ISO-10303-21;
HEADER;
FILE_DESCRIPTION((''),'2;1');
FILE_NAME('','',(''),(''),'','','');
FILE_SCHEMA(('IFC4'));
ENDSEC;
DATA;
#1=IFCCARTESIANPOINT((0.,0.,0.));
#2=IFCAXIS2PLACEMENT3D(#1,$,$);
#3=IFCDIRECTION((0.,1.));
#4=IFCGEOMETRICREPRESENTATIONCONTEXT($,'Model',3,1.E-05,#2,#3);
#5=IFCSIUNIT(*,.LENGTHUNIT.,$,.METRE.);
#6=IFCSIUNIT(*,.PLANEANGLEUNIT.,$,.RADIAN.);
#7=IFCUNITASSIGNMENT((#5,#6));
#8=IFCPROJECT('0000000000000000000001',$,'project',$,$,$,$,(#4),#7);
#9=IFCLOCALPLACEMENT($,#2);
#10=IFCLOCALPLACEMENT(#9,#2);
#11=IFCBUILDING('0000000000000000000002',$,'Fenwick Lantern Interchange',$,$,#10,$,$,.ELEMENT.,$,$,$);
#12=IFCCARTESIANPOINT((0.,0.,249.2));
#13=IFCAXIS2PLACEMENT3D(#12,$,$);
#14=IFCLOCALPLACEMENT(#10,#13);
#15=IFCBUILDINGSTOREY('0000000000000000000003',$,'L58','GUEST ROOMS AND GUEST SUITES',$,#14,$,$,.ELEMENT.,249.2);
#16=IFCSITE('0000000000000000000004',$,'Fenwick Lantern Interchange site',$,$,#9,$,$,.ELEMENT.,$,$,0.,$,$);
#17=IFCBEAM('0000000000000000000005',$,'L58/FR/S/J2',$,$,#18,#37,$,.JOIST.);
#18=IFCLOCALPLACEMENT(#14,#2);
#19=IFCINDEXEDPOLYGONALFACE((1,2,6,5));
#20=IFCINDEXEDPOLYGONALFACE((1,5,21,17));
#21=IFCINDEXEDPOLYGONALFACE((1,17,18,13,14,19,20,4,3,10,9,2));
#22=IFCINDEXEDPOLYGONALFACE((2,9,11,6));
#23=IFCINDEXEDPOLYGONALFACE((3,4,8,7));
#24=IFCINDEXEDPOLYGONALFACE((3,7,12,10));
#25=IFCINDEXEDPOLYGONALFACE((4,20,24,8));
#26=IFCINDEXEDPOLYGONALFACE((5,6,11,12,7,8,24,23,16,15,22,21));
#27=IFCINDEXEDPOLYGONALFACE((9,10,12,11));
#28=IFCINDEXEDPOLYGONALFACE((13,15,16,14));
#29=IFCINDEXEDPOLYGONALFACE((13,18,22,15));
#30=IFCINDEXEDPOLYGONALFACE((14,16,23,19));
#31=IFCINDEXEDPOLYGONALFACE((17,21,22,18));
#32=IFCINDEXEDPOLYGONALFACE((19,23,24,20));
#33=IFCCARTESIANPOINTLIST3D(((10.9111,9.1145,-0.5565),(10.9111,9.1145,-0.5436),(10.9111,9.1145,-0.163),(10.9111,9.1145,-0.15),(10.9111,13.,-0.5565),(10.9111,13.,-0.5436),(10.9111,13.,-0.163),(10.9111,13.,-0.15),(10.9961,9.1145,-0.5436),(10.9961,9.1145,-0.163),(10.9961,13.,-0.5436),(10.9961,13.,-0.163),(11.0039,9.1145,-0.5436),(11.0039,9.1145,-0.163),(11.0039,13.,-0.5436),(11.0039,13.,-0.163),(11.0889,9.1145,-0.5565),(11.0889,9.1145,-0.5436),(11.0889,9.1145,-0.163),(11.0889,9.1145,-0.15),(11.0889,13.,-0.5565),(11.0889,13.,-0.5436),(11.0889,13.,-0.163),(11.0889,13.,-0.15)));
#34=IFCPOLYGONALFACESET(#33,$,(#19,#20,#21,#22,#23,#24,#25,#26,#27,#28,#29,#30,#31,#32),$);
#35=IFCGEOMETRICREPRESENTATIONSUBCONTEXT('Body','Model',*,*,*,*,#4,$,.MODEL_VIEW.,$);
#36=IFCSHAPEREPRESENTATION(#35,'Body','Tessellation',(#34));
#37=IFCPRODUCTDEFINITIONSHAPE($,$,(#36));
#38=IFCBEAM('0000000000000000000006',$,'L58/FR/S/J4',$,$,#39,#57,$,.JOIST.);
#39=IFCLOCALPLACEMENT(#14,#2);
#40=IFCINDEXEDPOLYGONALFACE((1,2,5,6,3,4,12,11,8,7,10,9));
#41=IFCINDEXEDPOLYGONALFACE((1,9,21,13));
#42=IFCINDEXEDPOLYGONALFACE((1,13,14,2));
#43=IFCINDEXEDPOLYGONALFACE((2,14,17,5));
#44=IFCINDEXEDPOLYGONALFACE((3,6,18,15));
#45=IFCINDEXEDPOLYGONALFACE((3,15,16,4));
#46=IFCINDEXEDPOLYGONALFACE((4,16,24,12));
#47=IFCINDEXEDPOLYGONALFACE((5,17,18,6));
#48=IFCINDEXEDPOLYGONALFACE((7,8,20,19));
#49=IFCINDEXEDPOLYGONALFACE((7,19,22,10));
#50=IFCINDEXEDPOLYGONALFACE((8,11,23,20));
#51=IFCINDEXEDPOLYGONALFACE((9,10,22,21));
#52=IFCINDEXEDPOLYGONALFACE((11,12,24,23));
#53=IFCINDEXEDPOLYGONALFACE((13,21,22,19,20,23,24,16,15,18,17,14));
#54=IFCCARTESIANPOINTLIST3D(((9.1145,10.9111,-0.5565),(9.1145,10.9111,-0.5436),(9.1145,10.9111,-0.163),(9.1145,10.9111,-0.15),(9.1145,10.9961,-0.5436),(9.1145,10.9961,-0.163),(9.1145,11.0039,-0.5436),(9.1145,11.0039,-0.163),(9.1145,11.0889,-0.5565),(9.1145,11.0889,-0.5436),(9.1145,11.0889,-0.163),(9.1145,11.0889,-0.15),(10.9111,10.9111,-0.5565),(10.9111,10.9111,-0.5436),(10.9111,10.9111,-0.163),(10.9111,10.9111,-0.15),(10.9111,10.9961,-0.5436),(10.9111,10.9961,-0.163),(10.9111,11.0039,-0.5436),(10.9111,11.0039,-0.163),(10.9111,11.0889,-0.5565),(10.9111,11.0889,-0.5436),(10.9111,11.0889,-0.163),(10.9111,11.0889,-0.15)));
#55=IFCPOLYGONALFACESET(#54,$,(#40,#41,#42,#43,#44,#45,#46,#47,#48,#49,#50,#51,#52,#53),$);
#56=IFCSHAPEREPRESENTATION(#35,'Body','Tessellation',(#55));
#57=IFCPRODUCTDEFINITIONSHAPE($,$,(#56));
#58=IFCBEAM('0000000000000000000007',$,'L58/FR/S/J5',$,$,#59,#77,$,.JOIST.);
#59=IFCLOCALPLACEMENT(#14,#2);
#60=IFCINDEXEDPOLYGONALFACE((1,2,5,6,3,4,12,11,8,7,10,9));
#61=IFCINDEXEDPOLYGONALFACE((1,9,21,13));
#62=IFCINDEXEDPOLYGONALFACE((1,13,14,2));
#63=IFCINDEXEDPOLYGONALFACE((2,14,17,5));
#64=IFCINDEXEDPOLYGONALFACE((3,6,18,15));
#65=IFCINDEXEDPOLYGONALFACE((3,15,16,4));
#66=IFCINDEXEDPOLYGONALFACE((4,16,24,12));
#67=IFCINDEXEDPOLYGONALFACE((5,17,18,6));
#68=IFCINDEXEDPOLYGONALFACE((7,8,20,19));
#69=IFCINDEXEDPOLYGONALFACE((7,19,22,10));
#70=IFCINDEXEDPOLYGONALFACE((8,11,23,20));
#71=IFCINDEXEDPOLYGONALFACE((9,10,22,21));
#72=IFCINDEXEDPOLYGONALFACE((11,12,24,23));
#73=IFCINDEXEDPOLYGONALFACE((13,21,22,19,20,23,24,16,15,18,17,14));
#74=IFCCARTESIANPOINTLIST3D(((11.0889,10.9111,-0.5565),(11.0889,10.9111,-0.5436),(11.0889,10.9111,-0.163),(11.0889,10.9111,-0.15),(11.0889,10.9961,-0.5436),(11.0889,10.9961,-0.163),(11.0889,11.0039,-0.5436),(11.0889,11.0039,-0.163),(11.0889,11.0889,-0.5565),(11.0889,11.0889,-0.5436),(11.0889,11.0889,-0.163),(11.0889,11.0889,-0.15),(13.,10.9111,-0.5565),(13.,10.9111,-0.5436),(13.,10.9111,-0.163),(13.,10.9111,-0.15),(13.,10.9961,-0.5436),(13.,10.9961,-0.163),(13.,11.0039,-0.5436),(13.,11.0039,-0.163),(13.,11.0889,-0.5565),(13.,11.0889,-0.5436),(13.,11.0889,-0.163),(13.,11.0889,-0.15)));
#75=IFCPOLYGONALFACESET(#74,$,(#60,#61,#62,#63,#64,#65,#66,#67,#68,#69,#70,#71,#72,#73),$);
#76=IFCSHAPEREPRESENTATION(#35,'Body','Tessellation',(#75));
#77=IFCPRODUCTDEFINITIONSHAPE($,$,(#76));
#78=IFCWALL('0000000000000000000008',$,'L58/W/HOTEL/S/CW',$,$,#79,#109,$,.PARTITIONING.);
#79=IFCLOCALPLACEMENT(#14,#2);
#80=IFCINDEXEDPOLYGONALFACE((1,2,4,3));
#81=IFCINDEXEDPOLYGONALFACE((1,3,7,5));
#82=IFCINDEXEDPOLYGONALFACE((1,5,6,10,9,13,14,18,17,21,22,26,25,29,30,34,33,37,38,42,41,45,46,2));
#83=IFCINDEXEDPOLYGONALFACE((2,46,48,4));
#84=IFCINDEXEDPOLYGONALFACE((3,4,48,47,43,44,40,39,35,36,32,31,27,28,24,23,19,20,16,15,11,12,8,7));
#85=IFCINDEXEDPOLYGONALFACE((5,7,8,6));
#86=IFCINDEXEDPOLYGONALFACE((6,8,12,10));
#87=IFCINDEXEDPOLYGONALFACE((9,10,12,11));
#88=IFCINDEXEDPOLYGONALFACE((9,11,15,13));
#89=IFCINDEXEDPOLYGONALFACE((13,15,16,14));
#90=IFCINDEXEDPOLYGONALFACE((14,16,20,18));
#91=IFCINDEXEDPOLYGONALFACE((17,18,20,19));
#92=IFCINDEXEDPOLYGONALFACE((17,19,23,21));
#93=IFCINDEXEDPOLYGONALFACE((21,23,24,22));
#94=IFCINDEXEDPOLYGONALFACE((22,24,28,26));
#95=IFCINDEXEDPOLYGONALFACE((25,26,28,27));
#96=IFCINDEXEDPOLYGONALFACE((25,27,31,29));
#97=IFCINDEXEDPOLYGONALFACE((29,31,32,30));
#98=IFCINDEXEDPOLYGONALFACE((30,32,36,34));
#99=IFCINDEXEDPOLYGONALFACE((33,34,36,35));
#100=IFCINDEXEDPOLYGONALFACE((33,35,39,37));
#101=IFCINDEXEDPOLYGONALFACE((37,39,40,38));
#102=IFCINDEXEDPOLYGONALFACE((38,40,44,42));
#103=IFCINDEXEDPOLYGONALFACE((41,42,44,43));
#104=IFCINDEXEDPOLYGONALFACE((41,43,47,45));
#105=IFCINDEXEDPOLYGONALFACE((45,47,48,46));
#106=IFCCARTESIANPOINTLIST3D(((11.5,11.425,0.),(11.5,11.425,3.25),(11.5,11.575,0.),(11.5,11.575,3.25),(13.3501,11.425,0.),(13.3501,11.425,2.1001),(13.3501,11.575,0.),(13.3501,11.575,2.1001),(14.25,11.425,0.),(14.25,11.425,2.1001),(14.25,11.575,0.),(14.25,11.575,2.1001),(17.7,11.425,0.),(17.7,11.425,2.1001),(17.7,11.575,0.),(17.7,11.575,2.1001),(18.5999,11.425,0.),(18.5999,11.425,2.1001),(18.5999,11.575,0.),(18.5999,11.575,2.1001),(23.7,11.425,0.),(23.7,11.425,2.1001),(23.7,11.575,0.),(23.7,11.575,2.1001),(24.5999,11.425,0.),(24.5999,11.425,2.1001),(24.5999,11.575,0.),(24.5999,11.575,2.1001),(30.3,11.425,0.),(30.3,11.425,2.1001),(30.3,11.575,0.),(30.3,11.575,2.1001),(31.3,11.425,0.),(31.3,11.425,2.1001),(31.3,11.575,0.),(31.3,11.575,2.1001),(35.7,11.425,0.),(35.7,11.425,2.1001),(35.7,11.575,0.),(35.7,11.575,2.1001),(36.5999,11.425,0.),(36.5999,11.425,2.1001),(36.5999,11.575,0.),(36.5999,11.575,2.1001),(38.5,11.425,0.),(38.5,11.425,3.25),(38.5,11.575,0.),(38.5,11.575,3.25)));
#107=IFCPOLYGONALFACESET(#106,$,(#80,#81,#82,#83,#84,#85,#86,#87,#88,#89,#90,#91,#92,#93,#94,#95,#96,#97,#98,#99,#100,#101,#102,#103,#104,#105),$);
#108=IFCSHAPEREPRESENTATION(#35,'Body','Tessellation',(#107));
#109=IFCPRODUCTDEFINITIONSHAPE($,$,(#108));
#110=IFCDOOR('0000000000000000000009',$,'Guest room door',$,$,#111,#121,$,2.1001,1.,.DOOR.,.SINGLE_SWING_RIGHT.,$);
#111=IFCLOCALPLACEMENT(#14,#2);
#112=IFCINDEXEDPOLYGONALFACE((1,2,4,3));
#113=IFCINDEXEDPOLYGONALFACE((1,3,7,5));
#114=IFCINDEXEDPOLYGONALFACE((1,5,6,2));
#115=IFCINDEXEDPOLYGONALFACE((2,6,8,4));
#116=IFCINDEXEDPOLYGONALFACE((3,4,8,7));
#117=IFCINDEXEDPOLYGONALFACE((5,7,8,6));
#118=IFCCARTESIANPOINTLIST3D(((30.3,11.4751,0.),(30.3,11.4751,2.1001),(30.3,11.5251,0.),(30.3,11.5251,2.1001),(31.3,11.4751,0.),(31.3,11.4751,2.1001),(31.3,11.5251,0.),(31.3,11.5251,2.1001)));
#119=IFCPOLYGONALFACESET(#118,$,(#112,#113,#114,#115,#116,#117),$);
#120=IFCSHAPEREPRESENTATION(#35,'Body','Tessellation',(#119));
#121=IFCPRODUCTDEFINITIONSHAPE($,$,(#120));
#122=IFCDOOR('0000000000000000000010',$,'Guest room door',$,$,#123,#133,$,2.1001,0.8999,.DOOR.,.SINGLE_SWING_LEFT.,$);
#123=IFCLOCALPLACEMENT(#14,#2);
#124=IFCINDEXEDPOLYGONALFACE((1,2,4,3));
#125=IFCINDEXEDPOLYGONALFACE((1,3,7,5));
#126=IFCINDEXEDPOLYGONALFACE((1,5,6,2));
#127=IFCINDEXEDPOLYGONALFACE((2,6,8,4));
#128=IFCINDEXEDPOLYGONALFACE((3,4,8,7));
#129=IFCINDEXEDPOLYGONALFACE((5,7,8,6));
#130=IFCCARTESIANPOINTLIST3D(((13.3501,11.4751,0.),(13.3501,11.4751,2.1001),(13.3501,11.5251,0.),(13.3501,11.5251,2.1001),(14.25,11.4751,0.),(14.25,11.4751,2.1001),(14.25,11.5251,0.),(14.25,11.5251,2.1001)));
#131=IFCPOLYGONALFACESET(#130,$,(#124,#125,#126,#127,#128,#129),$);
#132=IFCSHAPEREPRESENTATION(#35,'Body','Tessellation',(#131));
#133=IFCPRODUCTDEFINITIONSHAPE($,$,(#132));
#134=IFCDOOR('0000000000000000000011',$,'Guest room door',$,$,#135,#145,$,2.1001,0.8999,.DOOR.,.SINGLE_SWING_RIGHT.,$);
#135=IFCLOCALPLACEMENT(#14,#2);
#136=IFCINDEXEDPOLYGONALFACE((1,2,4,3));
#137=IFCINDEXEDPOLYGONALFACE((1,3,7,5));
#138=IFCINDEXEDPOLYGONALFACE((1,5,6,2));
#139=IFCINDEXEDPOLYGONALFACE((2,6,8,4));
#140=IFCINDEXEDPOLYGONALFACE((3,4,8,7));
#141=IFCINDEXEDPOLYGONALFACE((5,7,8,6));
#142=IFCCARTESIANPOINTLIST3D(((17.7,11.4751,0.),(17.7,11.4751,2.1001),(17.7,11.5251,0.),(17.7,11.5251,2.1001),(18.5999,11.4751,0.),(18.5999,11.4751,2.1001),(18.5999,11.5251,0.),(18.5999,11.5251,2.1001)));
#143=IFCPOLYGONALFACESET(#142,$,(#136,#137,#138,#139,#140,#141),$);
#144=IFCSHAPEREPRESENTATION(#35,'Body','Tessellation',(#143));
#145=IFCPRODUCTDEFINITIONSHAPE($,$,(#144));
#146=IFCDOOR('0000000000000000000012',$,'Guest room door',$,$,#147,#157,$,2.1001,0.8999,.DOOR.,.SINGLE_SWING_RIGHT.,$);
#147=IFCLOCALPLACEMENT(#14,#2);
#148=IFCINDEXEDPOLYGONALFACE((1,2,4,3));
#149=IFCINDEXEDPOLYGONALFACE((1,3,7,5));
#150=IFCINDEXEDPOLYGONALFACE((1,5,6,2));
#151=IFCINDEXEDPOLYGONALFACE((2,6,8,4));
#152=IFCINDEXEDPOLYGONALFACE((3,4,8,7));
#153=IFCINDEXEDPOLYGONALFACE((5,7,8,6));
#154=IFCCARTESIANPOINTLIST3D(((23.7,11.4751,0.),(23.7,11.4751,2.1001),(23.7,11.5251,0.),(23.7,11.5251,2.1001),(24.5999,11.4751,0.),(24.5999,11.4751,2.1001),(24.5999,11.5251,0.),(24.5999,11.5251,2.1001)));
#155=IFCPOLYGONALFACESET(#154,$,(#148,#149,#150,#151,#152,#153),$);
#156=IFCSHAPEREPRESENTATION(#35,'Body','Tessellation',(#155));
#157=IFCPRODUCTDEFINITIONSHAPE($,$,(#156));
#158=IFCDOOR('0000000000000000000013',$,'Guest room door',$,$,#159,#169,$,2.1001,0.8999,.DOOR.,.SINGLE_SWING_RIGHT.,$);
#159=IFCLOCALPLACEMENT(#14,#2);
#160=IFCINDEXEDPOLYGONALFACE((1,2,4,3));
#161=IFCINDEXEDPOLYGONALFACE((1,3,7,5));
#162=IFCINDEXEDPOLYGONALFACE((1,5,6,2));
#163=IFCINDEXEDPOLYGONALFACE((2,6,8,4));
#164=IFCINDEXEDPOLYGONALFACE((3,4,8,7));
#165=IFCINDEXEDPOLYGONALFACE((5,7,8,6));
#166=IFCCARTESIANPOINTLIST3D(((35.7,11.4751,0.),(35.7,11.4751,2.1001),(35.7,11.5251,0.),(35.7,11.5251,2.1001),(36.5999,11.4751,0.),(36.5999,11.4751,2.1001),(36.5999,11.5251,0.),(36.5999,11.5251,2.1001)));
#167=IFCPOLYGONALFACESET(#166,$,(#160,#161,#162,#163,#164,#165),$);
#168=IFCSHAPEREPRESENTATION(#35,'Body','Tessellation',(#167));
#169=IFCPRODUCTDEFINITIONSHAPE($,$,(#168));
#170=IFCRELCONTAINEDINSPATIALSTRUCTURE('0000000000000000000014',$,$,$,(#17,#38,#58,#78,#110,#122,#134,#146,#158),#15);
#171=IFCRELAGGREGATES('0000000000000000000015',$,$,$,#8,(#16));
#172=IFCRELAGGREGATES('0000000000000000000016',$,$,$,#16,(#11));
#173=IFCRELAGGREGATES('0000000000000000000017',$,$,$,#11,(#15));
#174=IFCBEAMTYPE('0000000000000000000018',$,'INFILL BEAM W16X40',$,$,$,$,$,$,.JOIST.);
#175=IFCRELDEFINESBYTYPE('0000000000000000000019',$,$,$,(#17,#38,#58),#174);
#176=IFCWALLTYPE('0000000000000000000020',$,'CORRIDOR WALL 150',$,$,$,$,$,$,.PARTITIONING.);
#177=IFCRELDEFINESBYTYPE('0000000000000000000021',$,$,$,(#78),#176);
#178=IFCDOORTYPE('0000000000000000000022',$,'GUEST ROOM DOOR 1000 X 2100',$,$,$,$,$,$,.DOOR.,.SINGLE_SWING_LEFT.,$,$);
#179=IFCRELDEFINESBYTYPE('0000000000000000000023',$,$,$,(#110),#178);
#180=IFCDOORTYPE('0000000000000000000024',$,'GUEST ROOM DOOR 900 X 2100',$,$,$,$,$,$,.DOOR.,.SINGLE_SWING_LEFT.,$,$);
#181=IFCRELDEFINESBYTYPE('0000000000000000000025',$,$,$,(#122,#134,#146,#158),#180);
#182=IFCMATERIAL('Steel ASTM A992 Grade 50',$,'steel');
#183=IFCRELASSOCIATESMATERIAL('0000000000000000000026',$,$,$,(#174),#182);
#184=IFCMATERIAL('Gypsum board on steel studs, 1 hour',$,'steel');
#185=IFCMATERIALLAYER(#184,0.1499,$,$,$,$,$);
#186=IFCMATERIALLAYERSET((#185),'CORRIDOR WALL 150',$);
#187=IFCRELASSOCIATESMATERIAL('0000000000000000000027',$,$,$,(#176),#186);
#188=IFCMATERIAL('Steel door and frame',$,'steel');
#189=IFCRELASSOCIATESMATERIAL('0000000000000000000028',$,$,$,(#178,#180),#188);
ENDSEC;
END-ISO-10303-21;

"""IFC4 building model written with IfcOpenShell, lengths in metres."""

from ifc_helpers import new_model, si_unit, direction, frame, frame_2d, origin, origin_2d, place, context, subcontext, project, spatial, rectangle, i_section, extrude, material, layer, layer_set, material_profile, profile_set, type_object, element, fill, save


model = new_model("IFC4")

# Units and contexts
model_context = context("Model", 3, precision=1e-05, world=origin(), true_north=direction((0.0, 1.0)))
body_context = subcontext(model_context, "Body", "Model", "MODEL_VIEW")
ifc_project = project(units=[si_unit("LENGTHUNIT", "METRE"), si_unit("PLANEANGLEUNIT", "RADIAN")], contexts=[model_context])

# Site, building, storey
site_placement = place(None, origin())
site = spatial("IfcSite", under=ifc_project, at=site_placement, Name="Fenwick Lantern Interchange site", CompositionType="ELEMENT", RefElevation=0.0)
building_placement = place(site_placement, origin())
building = spatial("IfcBuilding", under=site, at=building_placement, Name="Fenwick Lantern Interchange", CompositionType="ELEMENT")
storey_placement = place(building_placement, frame((0.0, 0.0, 249.2)))
storey = spatial("IfcBuildingStorey", under=building, at=storey_placement, Name="L58", Description="GUEST ROOMS AND GUEST SUITES", CompositionType="ELEMENT", Elevation=249.2)

# Beams
ifc_material_1 = material(Name="Steel ASTM A992 Grade 50", Category="steel")
ifc_material_profile = material_profile(ifc_material_1, i_section(OverallWidth=0.1777, OverallDepth=0.4065, WebThickness=0.0078, FlangeThickness=0.0129, at=origin_2d()), Name="W16X40")
ifc_profile_set = profile_set([ifc_material_profile], Name="Steel ASTM A992 Grade 50")
beam_type = type_object("IfcBeamType", Name="INFILL BEAM W16X40", PredefinedType="JOIST", material=ifc_profile_set)
beam_1_placement = place(storey_placement, frame((11.0, 9.1145, -0.3533), z_axis=(0.0, 1.0, 0.0), x_axis=(-1.0, 0.0, 0.0)))
element("IfcBeam", 1, at=beam_1_placement, inside=storey, type_object=beam_type, Name="L58/FR/S/J2", PredefinedType="JOIST", context=body_context, shape_type="SweptSolid", body=[
    extrude(i_section(OverallWidth=0.1777, OverallDepth=0.4065, WebThickness=0.0078, FlangeThickness=0.0129, at=origin_2d()), origin(), (0.0, 0.0, 1.0), 3.8855),
])
beam_2_placement = place(storey_placement, frame((9.1145, 11.0, -0.3533), z_axis=(1.0, 0.0, 0.0), x_axis=(0.0, 1.0, 0.0)))
element("IfcBeam", 2, at=beam_2_placement, inside=storey, type_object=beam_type, Name="L58/FR/S/J4", PredefinedType="JOIST", context=body_context, shape_type="SweptSolid", body=[
    extrude(i_section(OverallWidth=0.1777, OverallDepth=0.4065, WebThickness=0.0078, FlangeThickness=0.0129, at=origin_2d()), origin(), (0.0, 0.0, 1.0), 1.7966),
])
beam_3_placement = place(storey_placement, frame((11.0889, 11.0, -0.3533), z_axis=(1.0, 0.0, 0.0), x_axis=(0.0, 1.0, 0.0)))
element("IfcBeam", 3, at=beam_3_placement, inside=storey, type_object=beam_type, Name="L58/FR/S/J5", PredefinedType="JOIST", context=body_context, shape_type="SweptSolid", body=[
    extrude(i_section(OverallWidth=0.1777, OverallDepth=0.4065, WebThickness=0.0078, FlangeThickness=0.0129, at=origin_2d()), origin(), (0.0, 0.0, 1.0), 1.9111),
])

# Wall, openings, doors
ifc_material_2 = material(Name="Gypsum board on steel studs, 1 hour", Category="steel")
ifc_layer = layer(ifc_material_2, 0.1499)
ifc_layer_set = layer_set([ifc_layer], Name="CORRIDOR WALL 150")
wall_type = type_object("IfcWallType", Name="CORRIDOR WALL 150", PredefinedType="PARTITIONING", material=ifc_layer_set)
wall_placement = place(storey_placement, frame((11.5, 11.5, 0.0), z_axis=(0.0, 0.0, 1.0), x_axis=(1.0, 0.0, 0.0)))
wall = element("IfcWall", 4, at=wall_placement, inside=storey, type_object=wall_type, Name="L58/W/HOTEL/S/CW", PredefinedType="PARTITIONING", context=body_context, shape_type="SweptSolid", body=[
    extrude(rectangle(XDim=27.0, YDim=0.1499, at=frame_2d((13.5, 0.0))), origin(), (0.0, 0.0, 1.0), 3.25),
])
opening_1_placement = place(wall_placement, frame((1.8501, 0.0, 0.0)))
opening_1 = element("IfcOpeningElement", 5, at=opening_1_placement, cuts=wall, PredefinedType="OPENING", context=body_context, shape_type="SweptSolid", body=[
    extrude(rectangle(XDim=0.8999, YDim=2.1001, at=frame_2d((0.45, 1.05))), frame((0.0, 0.085, 0.0), z_axis=(0.0, -1.0, 0.0), x_axis=(1.0, 0.0, 0.0)), (0.0, 0.0, 1.0), 0.1699),
])
opening_2_placement = place(wall_placement, frame((6.2, 0.0, 0.0)))
opening_2 = element("IfcOpeningElement", 6, at=opening_2_placement, cuts=wall, PredefinedType="OPENING", context=body_context, shape_type="SweptSolid", body=[
    extrude(rectangle(XDim=0.8999, YDim=2.1001, at=frame_2d((0.45, 1.05))), frame((0.0, 0.085, 0.0), z_axis=(0.0, -1.0, 0.0), x_axis=(1.0, 0.0, 0.0)), (0.0, 0.0, 1.0), 0.1699),
])
opening_3_placement = place(wall_placement, frame((12.2, 0.0, 0.0)))
opening_3 = element("IfcOpeningElement", 7, at=opening_3_placement, cuts=wall, PredefinedType="OPENING", context=body_context, shape_type="SweptSolid", body=[
    extrude(rectangle(XDim=0.8999, YDim=2.1001, at=frame_2d((0.45, 1.05))), frame((0.0, 0.085, 0.0), z_axis=(0.0, -1.0, 0.0), x_axis=(1.0, 0.0, 0.0)), (0.0, 0.0, 1.0), 0.1699),
])
opening_4_placement = place(wall_placement, frame((18.8, 0.0, 0.0)))
opening_4 = element("IfcOpeningElement", 8, at=opening_4_placement, cuts=wall, PredefinedType="OPENING", context=body_context, shape_type="SweptSolid", body=[
    extrude(rectangle(XDim=1.0, YDim=2.1001, at=frame_2d((0.5, 1.05))), frame((0.0, 0.085, 0.0), z_axis=(0.0, -1.0, 0.0), x_axis=(1.0, 0.0, 0.0)), (0.0, 0.0, 1.0), 0.1699),
])
opening_5_placement = place(wall_placement, frame((24.2, 0.0, 0.0)))
opening_5 = element("IfcOpeningElement", 9, at=opening_5_placement, cuts=wall, PredefinedType="OPENING", context=body_context, shape_type="SweptSolid", body=[
    extrude(rectangle(XDim=0.8999, YDim=2.1001, at=frame_2d((0.45, 1.05))), frame((0.0, 0.085, 0.0), z_axis=(0.0, -1.0, 0.0), x_axis=(1.0, 0.0, 0.0)), (0.0, 0.0, 1.0), 0.1699),
])
ifc_material_3 = material(Name="Steel door and frame", Category="steel")
door_type_1 = type_object("IfcDoorType", Name="GUEST ROOM DOOR 1000 X 2100", OperationType="SINGLE_SWING_LEFT", PredefinedType="DOOR", material=ifc_material_3)
door_1_placement = place(opening_4_placement, frame((1.0, 0.0, 0.0), z_axis=(0.0, 0.0, 1.0), x_axis=(-1.0, 0.0, 0.0)))
door_1 = element("IfcDoor", 10, at=door_1_placement, inside=storey, type_object=door_type_1, Name="Guest room door", OperationType="SINGLE_SWING_RIGHT", OverallHeight=2.1001, OverallWidth=1.0, PredefinedType="DOOR", context=body_context, shape_type="SweptSolid", body=[
    extrude(rectangle(XDim=1.0, YDim=2.1001, at=frame_2d((0.5, 1.05))), frame((0.0, 0.0249, 0.0), z_axis=(0.0, -1.0, 0.0), x_axis=(1.0, 0.0, 0.0)), (0.0, 0.0, 1.0), 0.05),
])
fill(opening_4, door_1)
door_type_2 = type_object("IfcDoorType", Name="GUEST ROOM DOOR 900 X 2100", OperationType="SINGLE_SWING_LEFT", PredefinedType="DOOR", material=ifc_material_3)
door_2_placement = place(opening_1_placement, frame((0.8999, 0.0, 0.0), z_axis=(0.0, 0.0, 1.0), x_axis=(-1.0, 0.0, 0.0)))
door_2 = element("IfcDoor", 11, at=door_2_placement, inside=storey, type_object=door_type_2, Name="Guest room door", OperationType="SINGLE_SWING_LEFT", OverallHeight=2.1001, OverallWidth=0.8999, PredefinedType="DOOR", context=body_context, shape_type="SweptSolid", body=[
    extrude(rectangle(XDim=0.8999, YDim=2.1001, at=frame_2d((0.45, 1.05))), frame((0.0, 0.0249, 0.0), z_axis=(0.0, -1.0, 0.0), x_axis=(1.0, 0.0, 0.0)), (0.0, 0.0, 1.0), 0.05),
])
fill(opening_1, door_2)
door_3_placement = place(opening_2_placement, frame((0.8999, 0.0, 0.0), z_axis=(0.0, 0.0, 1.0), x_axis=(-1.0, 0.0, 0.0)))
door_3 = element("IfcDoor", 12, at=door_3_placement, inside=storey, type_object=door_type_2, Name="Guest room door", OperationType="SINGLE_SWING_RIGHT", OverallHeight=2.1001, OverallWidth=0.8999, PredefinedType="DOOR", context=body_context, shape_type="SweptSolid", body=[
    extrude(rectangle(XDim=0.8999, YDim=2.1001, at=frame_2d((0.45, 1.05))), frame((0.0, 0.0249, 0.0), z_axis=(0.0, -1.0, 0.0), x_axis=(1.0, 0.0, 0.0)), (0.0, 0.0, 1.0), 0.05),
])
fill(opening_2, door_3)
door_4_placement = place(opening_3_placement, frame((0.8999, 0.0, 0.0), z_axis=(0.0, 0.0, 1.0), x_axis=(-1.0, 0.0, 0.0)))
door_4 = element("IfcDoor", 13, at=door_4_placement, inside=storey, type_object=door_type_2, Name="Guest room door", OperationType="SINGLE_SWING_RIGHT", OverallHeight=2.1001, OverallWidth=0.8999, PredefinedType="DOOR", context=body_context, shape_type="SweptSolid", body=[
    extrude(rectangle(XDim=0.8999, YDim=2.1001, at=frame_2d((0.45, 1.05))), frame((0.0, 0.0249, 0.0), z_axis=(0.0, -1.0, 0.0), x_axis=(1.0, 0.0, 0.0)), (0.0, 0.0, 1.0), 0.05),
])
fill(opening_3, door_4)
door_5_placement = place(opening_5_placement, frame((0.8999, 0.0, 0.0), z_axis=(0.0, 0.0, 1.0), x_axis=(-1.0, 0.0, 0.0)))
door_5 = element("IfcDoor", 14, at=door_5_placement, inside=storey, type_object=door_type_2, Name="Guest room door", OperationType="SINGLE_SWING_RIGHT", OverallHeight=2.1001, OverallWidth=0.8999, PredefinedType="DOOR", context=body_context, shape_type="SweptSolid", body=[
    extrude(rectangle(XDim=0.8999, YDim=2.1001, at=frame_2d((0.45, 1.05))), frame((0.0, 0.0249, 0.0), z_axis=(0.0, -1.0, 0.0), x_axis=(1.0, 0.0, 0.0)), (0.0, 0.0, 1.0), 0.05),
])
fill(opening_5, door_5)

save(model, "model.ifc")
